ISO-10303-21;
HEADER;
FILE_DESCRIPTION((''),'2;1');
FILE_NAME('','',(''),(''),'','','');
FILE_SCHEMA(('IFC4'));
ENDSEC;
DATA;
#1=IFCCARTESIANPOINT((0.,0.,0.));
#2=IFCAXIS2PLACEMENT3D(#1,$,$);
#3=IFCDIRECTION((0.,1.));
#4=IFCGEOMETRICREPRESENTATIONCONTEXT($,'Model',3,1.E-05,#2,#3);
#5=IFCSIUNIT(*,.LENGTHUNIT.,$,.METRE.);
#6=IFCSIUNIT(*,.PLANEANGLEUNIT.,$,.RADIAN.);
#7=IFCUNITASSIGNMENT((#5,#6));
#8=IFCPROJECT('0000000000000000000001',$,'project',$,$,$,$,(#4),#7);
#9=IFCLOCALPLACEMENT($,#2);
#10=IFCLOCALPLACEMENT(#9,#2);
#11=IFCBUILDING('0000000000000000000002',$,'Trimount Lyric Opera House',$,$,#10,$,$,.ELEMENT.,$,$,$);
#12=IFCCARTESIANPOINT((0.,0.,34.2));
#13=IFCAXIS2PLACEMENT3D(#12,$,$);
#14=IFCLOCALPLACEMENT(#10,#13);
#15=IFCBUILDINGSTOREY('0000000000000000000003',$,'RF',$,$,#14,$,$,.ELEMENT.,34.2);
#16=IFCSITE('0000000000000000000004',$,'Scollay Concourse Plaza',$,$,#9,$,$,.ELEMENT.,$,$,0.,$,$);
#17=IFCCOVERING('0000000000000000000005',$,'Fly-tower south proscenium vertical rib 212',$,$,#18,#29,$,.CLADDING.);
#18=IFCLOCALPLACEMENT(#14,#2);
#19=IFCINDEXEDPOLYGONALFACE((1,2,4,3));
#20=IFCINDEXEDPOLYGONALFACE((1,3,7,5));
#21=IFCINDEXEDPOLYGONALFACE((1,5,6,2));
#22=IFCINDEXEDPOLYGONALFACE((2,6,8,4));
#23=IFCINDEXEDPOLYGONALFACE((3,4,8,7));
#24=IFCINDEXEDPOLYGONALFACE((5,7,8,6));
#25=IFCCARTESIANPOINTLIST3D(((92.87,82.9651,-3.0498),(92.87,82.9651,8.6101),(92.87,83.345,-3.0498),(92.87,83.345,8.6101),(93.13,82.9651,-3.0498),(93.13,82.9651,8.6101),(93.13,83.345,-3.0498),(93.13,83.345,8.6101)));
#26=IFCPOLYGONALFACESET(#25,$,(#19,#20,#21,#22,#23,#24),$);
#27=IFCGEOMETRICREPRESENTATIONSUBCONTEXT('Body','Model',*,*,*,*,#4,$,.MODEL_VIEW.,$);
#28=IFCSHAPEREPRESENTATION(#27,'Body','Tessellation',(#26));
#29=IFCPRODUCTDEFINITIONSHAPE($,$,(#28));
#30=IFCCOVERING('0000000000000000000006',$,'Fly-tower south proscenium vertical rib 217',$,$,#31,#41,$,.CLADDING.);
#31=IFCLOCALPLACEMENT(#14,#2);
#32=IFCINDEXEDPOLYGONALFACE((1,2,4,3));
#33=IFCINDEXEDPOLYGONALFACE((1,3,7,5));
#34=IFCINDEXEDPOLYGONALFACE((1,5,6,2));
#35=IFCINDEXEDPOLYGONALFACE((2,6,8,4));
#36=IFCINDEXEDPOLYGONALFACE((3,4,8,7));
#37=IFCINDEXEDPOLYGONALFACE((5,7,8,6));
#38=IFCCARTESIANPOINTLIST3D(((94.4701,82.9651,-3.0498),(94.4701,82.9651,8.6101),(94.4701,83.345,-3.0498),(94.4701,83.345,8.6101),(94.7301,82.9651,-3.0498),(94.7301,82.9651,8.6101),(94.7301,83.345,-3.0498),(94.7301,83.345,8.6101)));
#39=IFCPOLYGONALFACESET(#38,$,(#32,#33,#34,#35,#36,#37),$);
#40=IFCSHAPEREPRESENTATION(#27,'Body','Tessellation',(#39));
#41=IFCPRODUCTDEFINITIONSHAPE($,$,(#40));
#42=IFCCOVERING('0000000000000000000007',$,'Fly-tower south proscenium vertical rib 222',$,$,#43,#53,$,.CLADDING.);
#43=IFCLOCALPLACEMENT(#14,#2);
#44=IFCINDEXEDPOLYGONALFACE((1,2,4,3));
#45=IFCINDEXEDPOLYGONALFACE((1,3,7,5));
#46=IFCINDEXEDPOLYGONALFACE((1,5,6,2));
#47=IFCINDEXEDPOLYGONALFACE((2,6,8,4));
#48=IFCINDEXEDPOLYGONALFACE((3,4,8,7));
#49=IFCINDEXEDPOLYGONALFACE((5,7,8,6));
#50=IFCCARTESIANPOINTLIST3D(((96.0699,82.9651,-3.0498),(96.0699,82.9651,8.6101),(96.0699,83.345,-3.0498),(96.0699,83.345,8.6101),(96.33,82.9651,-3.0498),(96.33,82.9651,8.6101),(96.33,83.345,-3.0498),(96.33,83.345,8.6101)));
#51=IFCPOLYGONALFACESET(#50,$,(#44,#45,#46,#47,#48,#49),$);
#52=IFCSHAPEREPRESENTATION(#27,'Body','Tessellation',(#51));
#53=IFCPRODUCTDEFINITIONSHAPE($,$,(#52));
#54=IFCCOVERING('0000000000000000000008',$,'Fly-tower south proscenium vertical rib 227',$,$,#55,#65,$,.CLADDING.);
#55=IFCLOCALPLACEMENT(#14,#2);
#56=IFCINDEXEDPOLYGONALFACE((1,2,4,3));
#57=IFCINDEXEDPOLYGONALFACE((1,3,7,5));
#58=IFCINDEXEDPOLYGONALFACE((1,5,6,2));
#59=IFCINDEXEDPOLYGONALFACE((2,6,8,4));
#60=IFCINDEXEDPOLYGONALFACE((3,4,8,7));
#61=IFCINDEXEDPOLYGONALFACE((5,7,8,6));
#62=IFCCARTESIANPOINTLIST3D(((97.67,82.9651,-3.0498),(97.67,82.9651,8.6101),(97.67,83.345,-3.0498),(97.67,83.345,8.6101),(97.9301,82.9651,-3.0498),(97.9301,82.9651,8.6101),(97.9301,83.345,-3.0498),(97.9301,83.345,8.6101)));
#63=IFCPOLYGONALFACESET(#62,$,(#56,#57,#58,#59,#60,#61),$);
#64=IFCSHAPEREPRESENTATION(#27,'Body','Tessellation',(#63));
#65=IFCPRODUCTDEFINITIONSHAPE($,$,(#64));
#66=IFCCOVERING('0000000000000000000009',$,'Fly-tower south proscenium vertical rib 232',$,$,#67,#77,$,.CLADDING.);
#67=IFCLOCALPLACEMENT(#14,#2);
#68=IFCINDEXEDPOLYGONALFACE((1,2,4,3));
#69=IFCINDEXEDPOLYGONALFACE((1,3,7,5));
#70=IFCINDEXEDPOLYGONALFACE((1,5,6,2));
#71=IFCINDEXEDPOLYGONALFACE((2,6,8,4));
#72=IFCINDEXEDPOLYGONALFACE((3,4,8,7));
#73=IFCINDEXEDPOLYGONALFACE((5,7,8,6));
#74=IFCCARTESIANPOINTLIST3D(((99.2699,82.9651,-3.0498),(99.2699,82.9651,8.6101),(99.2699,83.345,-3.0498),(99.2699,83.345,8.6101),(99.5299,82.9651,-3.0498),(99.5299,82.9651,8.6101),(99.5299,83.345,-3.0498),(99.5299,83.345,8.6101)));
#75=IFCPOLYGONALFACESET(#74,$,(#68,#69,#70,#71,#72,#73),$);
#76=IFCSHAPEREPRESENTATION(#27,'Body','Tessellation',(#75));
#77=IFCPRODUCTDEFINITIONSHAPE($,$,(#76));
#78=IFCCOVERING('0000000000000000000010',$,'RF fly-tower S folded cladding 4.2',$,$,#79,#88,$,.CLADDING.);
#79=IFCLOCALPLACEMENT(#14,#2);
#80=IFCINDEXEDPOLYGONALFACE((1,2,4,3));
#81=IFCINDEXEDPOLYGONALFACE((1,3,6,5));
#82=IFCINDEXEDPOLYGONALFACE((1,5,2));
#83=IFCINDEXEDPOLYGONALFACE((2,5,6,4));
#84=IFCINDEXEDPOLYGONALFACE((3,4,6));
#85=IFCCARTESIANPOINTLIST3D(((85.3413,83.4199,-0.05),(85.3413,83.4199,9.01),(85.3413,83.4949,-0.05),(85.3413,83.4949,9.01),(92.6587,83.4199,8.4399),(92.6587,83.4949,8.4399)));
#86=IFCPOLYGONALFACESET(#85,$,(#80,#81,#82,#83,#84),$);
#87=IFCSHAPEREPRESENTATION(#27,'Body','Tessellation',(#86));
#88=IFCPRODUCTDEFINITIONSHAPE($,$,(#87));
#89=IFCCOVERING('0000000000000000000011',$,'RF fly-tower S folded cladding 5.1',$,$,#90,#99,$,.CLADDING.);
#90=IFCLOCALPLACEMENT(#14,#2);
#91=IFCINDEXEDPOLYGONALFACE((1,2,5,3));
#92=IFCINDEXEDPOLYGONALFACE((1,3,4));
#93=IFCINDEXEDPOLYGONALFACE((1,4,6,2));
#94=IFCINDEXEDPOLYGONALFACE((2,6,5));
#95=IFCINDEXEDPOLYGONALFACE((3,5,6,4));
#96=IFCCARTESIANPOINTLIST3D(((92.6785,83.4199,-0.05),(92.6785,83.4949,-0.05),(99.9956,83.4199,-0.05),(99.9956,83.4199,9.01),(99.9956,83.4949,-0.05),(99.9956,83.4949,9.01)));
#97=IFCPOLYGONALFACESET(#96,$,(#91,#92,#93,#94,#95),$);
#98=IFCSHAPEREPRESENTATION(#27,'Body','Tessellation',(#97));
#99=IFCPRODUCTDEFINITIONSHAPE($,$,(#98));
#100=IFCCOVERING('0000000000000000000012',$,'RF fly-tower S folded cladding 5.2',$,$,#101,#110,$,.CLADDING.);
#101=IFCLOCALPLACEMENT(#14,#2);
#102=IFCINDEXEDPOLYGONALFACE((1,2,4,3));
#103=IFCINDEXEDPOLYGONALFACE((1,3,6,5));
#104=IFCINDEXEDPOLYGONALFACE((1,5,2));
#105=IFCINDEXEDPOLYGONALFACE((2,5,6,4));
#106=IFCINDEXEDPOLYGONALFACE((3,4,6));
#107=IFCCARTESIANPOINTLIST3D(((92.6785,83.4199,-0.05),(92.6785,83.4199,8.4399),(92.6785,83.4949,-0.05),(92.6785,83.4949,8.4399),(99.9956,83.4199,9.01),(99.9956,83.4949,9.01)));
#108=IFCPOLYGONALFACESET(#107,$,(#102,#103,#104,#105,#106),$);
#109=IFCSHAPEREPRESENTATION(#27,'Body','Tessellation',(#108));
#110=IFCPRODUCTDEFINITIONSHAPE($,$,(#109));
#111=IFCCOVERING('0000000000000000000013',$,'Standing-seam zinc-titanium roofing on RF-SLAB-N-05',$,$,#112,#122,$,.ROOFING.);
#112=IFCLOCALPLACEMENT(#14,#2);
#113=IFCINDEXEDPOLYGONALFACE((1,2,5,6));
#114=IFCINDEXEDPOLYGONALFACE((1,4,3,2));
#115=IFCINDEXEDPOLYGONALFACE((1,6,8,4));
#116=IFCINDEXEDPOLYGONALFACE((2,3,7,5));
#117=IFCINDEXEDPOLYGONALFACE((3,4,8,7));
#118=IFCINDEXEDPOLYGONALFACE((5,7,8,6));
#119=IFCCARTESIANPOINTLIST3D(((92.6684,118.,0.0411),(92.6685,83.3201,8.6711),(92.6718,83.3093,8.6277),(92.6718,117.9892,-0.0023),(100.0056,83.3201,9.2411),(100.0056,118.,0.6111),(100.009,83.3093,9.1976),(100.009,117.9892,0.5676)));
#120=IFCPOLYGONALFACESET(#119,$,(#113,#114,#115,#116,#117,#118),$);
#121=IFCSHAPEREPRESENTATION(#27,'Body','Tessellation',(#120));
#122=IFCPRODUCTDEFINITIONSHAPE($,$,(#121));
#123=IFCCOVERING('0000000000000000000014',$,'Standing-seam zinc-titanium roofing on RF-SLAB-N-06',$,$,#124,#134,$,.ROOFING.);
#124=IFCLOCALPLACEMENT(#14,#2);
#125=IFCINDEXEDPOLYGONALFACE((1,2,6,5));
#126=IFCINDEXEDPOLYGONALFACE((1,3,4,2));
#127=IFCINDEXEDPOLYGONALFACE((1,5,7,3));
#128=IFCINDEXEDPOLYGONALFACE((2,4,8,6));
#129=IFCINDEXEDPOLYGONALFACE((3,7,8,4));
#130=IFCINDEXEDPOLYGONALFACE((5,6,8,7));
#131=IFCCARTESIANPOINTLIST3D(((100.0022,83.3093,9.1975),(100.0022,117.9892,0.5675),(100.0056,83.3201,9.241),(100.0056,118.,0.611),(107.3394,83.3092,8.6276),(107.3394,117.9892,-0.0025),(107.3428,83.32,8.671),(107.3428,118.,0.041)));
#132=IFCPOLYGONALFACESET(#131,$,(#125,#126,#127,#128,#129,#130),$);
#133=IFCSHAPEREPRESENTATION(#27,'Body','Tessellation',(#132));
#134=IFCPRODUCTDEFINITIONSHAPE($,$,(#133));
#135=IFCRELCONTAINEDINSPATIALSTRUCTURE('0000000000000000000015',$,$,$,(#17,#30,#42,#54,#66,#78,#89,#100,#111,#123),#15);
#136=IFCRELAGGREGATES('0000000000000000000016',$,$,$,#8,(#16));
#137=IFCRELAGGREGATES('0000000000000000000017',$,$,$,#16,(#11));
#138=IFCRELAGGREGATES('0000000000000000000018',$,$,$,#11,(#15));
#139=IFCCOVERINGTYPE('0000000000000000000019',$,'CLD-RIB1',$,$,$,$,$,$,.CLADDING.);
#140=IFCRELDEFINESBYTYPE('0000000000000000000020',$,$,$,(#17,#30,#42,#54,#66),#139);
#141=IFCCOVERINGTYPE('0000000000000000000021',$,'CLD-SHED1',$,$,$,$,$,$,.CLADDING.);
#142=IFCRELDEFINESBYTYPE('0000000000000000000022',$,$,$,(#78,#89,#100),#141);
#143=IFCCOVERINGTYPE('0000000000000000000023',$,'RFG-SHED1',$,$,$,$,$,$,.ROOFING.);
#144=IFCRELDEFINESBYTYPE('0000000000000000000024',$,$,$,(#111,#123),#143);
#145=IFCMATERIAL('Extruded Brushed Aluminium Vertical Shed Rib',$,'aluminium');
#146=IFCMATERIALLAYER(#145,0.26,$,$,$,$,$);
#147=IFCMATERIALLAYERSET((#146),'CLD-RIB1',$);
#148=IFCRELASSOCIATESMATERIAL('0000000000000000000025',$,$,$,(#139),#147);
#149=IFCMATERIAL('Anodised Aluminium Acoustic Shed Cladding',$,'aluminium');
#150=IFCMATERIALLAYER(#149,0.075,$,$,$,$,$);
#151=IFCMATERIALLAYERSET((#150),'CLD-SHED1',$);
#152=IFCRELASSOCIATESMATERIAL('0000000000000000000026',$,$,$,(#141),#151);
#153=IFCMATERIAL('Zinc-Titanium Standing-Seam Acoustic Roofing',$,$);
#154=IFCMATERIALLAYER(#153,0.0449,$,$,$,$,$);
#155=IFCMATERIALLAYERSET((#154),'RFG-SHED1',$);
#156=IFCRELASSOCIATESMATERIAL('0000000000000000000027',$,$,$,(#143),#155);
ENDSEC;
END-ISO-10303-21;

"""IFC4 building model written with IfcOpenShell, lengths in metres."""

from ifc_helpers import new_model, si_unit, direction, frame, origin, origin_2d, place, context, subcontext, project, spatial, polyline, rectangle, outline, extrude, material, layer, layer_set, type_object, element, save


model = new_model("IFC4")

# Units and contexts
model_context = context("Model", 3, precision=1e-05, world=origin(), true_north=direction((0.0, 1.0)))
body_context = subcontext(model_context, "Body", "Model", "MODEL_VIEW")
ifc_project = project(units=[si_unit("LENGTHUNIT", "METRE"), si_unit("PLANEANGLEUNIT", "RADIAN")], contexts=[model_context])

# Site, building, storey
site_placement = place(None, origin())
site = spatial("IfcSite", under=ifc_project, at=site_placement, Name="Scollay Concourse Plaza", CompositionType="ELEMENT", RefElevation=0.0)
building_placement = place(site_placement, origin())
building = spatial("IfcBuilding", under=site, at=building_placement, Name="Trimount Lyric Opera House", CompositionType="ELEMENT")
storey_placement = place(building_placement, frame((0.0, 0.0, 34.2)))
storey = spatial("IfcBuildingStorey", under=building, at=storey_placement, Name="RF", CompositionType="ELEMENT", Elevation=34.2)

# Coverings
ifc_material_1 = material(Name="Extruded Brushed Aluminium Vertical Shed Rib", Category="aluminium")
ifc_layer_1 = layer(ifc_material_1, 0.26)
ifc_layer_set_1 = layer_set([ifc_layer_1], Name="CLD-RIB1")
covering_type_1 = type_object("IfcCoveringType", Name="CLD-RIB1", PredefinedType="CLADDING", material=ifc_layer_set_1)
for number, where, z_axis, x_axis, name in (
    (1, (93.0, 83.155, -3.0498), (0.0, 0.0, 1.0), (1.0, 0.0, 0.0), "Fly-tower south proscenium vertical rib 212"),
    (2, (94.6001, 83.155, -3.0498), (0.0, 0.0, 1.0), (1.0, 0.0, 0.0), "Fly-tower south proscenium vertical rib 217"),
    (3, (96.2, 83.155, -3.0498), (0.0, 0.0, 1.0), (1.0, 0.0, 0.0), "Fly-tower south proscenium vertical rib 222"),
    (4, (97.8, 83.155, -3.0498), (0.0, 0.0, 1.0), (1.0, 0.0, 0.0), "Fly-tower south proscenium vertical rib 227"),
    (5, (99.3999, 83.155, -3.0498), (0.0, 0.0, 1.0), (1.0, 0.0, 0.0), "Fly-tower south proscenium vertical rib 232"),
):
    element("IfcCovering", number, at=place(storey_placement, frame(where, z_axis=z_axis, x_axis=x_axis)), inside=storey, type_object=covering_type_1, Name=name, PredefinedType="CLADDING", context=body_context, shape_type="SweptSolid", body=[
        extrude(rectangle(XDim=0.26, YDim=0.3799, at=origin_2d()), origin(), (0.0, 0.0, 1.0), 11.6599),
    ])
ifc_material_2 = material(Name="Anodised Aluminium Acoustic Shed Cladding", Category="aluminium")
ifc_layer_2 = layer(ifc_material_2, 0.075)
ifc_layer_set_2 = layer_set([ifc_layer_2], Name="CLD-SHED1")
covering_type_2 = type_object("IfcCoveringType", Name="CLD-SHED1", PredefinedType="CLADDING", material=ifc_layer_set_2)
covering_1_placement = place(storey_placement, frame((85.3413, 83.4199, -0.05), z_axis=(0.0, -1.0, 0.0), x_axis=(0.652859, 0.0, 0.757479)))
element("IfcCovering", 6, at=covering_1_placement, inside=storey, type_object=covering_type_2, Name="RF fly-tower S folded cladding 4.2", PredefinedType="CLADDING", context=body_context, shape_type="SweptSolid", body=[
    extrude(outline(polyline([(0.0, 0.0), (11.2082, 0.0), (6.8628, 5.9149), (0.0, 0.0)])), origin(), (0.0, 0.0, -1.0), 0.075),
])
covering_2_placement = place(storey_placement, frame((92.6785, 83.4199, -0.05), z_axis=(0.0, -1.0, 0.0), x_axis=(1.0, 0.0, 0.0)))
element("IfcCovering", 7, at=covering_2_placement, inside=storey, type_object=covering_type_2, Name="RF fly-tower S folded cladding 5.1", PredefinedType="CLADDING", context=body_context, shape_type="SweptSolid", body=[
    extrude(outline(polyline([(0.0, 0.0), (7.3171, 0.0), (7.3171, 9.0601), (0.0, 0.0)])), origin(), (0.0, 0.0, -1.0), 0.075),
])
covering_3_placement = place(storey_placement, frame((92.6785, 83.4199, -0.05), z_axis=(0.0, -1.0, 0.0), x_axis=(0.628306, 0.0, 0.777966)))
element("IfcCovering", 8, at=covering_3_placement, inside=storey, type_object=covering_type_2, Name="RF fly-tower S folded cladding 5.2", PredefinedType="CLADDING", context=body_context, shape_type="SweptSolid", body=[
    extrude(outline(polyline([(0.0, 0.0), (11.6458, 0.0), (6.6049, 5.3343), (0.0, 0.0)])), origin(), (0.0, 0.0, -1.0), 0.075),
])
ifc_material_3 = material(Name="Zinc-Titanium Standing-Seam Acoustic Roofing")
ifc_layer_3 = layer(ifc_material_3, 0.0449)
ifc_layer_set_3 = layer_set([ifc_layer_3], Name="RFG-SHED1")
covering_type_3 = type_object("IfcCoveringType", Name="RFG-SHED1", PredefinedType="ROOFING", material=ifc_layer_set_3)
covering_4_placement = place(storey_placement, frame((92.6685, 83.3201, 8.6711), z_axis=(-0.075167, 0.240799, 0.96766), x_axis=(0.996997, 0.000004, 0.077445)))
element("IfcCovering", 9, at=covering_4_placement, inside=storey, type_object=covering_type_3, Name="Standing-seam zinc-titanium roofing on RF-SLAB-N-05", PredefinedType="ROOFING", context=body_context, shape_type="SweptSolid", body=[
    extrude(outline(polyline([(0.0, 0.0), (7.3593, 0.0), (6.691, 35.7313), (-0.6682, 35.7314), (0.0, 0.0)])), origin(), (0.0, 0.0, -1.0), 0.0449),
])
covering_5_placement = place(storey_placement, frame((100.0056, 83.3201, 9.241), z_axis=(0.075167, 0.240799, 0.96766), x_axis=(0.996997, -0.000004, -0.077445)))
element("IfcCovering", 10, at=covering_5_placement, inside=storey, type_object=covering_type_3, Name="Standing-seam zinc-titanium roofing on RF-SLAB-N-06", PredefinedType="ROOFING", context=body_context, shape_type="SweptSolid", body=[
    extrude(outline(polyline([(0.0, 0.0), (7.3593, 0.0), (8.0275, 35.7314), (0.6682, 35.7313), (0.0, 0.0)])), origin(), (0.0, 0.0, -1.0), 0.0449),
])

save(model, "model.ifc")
